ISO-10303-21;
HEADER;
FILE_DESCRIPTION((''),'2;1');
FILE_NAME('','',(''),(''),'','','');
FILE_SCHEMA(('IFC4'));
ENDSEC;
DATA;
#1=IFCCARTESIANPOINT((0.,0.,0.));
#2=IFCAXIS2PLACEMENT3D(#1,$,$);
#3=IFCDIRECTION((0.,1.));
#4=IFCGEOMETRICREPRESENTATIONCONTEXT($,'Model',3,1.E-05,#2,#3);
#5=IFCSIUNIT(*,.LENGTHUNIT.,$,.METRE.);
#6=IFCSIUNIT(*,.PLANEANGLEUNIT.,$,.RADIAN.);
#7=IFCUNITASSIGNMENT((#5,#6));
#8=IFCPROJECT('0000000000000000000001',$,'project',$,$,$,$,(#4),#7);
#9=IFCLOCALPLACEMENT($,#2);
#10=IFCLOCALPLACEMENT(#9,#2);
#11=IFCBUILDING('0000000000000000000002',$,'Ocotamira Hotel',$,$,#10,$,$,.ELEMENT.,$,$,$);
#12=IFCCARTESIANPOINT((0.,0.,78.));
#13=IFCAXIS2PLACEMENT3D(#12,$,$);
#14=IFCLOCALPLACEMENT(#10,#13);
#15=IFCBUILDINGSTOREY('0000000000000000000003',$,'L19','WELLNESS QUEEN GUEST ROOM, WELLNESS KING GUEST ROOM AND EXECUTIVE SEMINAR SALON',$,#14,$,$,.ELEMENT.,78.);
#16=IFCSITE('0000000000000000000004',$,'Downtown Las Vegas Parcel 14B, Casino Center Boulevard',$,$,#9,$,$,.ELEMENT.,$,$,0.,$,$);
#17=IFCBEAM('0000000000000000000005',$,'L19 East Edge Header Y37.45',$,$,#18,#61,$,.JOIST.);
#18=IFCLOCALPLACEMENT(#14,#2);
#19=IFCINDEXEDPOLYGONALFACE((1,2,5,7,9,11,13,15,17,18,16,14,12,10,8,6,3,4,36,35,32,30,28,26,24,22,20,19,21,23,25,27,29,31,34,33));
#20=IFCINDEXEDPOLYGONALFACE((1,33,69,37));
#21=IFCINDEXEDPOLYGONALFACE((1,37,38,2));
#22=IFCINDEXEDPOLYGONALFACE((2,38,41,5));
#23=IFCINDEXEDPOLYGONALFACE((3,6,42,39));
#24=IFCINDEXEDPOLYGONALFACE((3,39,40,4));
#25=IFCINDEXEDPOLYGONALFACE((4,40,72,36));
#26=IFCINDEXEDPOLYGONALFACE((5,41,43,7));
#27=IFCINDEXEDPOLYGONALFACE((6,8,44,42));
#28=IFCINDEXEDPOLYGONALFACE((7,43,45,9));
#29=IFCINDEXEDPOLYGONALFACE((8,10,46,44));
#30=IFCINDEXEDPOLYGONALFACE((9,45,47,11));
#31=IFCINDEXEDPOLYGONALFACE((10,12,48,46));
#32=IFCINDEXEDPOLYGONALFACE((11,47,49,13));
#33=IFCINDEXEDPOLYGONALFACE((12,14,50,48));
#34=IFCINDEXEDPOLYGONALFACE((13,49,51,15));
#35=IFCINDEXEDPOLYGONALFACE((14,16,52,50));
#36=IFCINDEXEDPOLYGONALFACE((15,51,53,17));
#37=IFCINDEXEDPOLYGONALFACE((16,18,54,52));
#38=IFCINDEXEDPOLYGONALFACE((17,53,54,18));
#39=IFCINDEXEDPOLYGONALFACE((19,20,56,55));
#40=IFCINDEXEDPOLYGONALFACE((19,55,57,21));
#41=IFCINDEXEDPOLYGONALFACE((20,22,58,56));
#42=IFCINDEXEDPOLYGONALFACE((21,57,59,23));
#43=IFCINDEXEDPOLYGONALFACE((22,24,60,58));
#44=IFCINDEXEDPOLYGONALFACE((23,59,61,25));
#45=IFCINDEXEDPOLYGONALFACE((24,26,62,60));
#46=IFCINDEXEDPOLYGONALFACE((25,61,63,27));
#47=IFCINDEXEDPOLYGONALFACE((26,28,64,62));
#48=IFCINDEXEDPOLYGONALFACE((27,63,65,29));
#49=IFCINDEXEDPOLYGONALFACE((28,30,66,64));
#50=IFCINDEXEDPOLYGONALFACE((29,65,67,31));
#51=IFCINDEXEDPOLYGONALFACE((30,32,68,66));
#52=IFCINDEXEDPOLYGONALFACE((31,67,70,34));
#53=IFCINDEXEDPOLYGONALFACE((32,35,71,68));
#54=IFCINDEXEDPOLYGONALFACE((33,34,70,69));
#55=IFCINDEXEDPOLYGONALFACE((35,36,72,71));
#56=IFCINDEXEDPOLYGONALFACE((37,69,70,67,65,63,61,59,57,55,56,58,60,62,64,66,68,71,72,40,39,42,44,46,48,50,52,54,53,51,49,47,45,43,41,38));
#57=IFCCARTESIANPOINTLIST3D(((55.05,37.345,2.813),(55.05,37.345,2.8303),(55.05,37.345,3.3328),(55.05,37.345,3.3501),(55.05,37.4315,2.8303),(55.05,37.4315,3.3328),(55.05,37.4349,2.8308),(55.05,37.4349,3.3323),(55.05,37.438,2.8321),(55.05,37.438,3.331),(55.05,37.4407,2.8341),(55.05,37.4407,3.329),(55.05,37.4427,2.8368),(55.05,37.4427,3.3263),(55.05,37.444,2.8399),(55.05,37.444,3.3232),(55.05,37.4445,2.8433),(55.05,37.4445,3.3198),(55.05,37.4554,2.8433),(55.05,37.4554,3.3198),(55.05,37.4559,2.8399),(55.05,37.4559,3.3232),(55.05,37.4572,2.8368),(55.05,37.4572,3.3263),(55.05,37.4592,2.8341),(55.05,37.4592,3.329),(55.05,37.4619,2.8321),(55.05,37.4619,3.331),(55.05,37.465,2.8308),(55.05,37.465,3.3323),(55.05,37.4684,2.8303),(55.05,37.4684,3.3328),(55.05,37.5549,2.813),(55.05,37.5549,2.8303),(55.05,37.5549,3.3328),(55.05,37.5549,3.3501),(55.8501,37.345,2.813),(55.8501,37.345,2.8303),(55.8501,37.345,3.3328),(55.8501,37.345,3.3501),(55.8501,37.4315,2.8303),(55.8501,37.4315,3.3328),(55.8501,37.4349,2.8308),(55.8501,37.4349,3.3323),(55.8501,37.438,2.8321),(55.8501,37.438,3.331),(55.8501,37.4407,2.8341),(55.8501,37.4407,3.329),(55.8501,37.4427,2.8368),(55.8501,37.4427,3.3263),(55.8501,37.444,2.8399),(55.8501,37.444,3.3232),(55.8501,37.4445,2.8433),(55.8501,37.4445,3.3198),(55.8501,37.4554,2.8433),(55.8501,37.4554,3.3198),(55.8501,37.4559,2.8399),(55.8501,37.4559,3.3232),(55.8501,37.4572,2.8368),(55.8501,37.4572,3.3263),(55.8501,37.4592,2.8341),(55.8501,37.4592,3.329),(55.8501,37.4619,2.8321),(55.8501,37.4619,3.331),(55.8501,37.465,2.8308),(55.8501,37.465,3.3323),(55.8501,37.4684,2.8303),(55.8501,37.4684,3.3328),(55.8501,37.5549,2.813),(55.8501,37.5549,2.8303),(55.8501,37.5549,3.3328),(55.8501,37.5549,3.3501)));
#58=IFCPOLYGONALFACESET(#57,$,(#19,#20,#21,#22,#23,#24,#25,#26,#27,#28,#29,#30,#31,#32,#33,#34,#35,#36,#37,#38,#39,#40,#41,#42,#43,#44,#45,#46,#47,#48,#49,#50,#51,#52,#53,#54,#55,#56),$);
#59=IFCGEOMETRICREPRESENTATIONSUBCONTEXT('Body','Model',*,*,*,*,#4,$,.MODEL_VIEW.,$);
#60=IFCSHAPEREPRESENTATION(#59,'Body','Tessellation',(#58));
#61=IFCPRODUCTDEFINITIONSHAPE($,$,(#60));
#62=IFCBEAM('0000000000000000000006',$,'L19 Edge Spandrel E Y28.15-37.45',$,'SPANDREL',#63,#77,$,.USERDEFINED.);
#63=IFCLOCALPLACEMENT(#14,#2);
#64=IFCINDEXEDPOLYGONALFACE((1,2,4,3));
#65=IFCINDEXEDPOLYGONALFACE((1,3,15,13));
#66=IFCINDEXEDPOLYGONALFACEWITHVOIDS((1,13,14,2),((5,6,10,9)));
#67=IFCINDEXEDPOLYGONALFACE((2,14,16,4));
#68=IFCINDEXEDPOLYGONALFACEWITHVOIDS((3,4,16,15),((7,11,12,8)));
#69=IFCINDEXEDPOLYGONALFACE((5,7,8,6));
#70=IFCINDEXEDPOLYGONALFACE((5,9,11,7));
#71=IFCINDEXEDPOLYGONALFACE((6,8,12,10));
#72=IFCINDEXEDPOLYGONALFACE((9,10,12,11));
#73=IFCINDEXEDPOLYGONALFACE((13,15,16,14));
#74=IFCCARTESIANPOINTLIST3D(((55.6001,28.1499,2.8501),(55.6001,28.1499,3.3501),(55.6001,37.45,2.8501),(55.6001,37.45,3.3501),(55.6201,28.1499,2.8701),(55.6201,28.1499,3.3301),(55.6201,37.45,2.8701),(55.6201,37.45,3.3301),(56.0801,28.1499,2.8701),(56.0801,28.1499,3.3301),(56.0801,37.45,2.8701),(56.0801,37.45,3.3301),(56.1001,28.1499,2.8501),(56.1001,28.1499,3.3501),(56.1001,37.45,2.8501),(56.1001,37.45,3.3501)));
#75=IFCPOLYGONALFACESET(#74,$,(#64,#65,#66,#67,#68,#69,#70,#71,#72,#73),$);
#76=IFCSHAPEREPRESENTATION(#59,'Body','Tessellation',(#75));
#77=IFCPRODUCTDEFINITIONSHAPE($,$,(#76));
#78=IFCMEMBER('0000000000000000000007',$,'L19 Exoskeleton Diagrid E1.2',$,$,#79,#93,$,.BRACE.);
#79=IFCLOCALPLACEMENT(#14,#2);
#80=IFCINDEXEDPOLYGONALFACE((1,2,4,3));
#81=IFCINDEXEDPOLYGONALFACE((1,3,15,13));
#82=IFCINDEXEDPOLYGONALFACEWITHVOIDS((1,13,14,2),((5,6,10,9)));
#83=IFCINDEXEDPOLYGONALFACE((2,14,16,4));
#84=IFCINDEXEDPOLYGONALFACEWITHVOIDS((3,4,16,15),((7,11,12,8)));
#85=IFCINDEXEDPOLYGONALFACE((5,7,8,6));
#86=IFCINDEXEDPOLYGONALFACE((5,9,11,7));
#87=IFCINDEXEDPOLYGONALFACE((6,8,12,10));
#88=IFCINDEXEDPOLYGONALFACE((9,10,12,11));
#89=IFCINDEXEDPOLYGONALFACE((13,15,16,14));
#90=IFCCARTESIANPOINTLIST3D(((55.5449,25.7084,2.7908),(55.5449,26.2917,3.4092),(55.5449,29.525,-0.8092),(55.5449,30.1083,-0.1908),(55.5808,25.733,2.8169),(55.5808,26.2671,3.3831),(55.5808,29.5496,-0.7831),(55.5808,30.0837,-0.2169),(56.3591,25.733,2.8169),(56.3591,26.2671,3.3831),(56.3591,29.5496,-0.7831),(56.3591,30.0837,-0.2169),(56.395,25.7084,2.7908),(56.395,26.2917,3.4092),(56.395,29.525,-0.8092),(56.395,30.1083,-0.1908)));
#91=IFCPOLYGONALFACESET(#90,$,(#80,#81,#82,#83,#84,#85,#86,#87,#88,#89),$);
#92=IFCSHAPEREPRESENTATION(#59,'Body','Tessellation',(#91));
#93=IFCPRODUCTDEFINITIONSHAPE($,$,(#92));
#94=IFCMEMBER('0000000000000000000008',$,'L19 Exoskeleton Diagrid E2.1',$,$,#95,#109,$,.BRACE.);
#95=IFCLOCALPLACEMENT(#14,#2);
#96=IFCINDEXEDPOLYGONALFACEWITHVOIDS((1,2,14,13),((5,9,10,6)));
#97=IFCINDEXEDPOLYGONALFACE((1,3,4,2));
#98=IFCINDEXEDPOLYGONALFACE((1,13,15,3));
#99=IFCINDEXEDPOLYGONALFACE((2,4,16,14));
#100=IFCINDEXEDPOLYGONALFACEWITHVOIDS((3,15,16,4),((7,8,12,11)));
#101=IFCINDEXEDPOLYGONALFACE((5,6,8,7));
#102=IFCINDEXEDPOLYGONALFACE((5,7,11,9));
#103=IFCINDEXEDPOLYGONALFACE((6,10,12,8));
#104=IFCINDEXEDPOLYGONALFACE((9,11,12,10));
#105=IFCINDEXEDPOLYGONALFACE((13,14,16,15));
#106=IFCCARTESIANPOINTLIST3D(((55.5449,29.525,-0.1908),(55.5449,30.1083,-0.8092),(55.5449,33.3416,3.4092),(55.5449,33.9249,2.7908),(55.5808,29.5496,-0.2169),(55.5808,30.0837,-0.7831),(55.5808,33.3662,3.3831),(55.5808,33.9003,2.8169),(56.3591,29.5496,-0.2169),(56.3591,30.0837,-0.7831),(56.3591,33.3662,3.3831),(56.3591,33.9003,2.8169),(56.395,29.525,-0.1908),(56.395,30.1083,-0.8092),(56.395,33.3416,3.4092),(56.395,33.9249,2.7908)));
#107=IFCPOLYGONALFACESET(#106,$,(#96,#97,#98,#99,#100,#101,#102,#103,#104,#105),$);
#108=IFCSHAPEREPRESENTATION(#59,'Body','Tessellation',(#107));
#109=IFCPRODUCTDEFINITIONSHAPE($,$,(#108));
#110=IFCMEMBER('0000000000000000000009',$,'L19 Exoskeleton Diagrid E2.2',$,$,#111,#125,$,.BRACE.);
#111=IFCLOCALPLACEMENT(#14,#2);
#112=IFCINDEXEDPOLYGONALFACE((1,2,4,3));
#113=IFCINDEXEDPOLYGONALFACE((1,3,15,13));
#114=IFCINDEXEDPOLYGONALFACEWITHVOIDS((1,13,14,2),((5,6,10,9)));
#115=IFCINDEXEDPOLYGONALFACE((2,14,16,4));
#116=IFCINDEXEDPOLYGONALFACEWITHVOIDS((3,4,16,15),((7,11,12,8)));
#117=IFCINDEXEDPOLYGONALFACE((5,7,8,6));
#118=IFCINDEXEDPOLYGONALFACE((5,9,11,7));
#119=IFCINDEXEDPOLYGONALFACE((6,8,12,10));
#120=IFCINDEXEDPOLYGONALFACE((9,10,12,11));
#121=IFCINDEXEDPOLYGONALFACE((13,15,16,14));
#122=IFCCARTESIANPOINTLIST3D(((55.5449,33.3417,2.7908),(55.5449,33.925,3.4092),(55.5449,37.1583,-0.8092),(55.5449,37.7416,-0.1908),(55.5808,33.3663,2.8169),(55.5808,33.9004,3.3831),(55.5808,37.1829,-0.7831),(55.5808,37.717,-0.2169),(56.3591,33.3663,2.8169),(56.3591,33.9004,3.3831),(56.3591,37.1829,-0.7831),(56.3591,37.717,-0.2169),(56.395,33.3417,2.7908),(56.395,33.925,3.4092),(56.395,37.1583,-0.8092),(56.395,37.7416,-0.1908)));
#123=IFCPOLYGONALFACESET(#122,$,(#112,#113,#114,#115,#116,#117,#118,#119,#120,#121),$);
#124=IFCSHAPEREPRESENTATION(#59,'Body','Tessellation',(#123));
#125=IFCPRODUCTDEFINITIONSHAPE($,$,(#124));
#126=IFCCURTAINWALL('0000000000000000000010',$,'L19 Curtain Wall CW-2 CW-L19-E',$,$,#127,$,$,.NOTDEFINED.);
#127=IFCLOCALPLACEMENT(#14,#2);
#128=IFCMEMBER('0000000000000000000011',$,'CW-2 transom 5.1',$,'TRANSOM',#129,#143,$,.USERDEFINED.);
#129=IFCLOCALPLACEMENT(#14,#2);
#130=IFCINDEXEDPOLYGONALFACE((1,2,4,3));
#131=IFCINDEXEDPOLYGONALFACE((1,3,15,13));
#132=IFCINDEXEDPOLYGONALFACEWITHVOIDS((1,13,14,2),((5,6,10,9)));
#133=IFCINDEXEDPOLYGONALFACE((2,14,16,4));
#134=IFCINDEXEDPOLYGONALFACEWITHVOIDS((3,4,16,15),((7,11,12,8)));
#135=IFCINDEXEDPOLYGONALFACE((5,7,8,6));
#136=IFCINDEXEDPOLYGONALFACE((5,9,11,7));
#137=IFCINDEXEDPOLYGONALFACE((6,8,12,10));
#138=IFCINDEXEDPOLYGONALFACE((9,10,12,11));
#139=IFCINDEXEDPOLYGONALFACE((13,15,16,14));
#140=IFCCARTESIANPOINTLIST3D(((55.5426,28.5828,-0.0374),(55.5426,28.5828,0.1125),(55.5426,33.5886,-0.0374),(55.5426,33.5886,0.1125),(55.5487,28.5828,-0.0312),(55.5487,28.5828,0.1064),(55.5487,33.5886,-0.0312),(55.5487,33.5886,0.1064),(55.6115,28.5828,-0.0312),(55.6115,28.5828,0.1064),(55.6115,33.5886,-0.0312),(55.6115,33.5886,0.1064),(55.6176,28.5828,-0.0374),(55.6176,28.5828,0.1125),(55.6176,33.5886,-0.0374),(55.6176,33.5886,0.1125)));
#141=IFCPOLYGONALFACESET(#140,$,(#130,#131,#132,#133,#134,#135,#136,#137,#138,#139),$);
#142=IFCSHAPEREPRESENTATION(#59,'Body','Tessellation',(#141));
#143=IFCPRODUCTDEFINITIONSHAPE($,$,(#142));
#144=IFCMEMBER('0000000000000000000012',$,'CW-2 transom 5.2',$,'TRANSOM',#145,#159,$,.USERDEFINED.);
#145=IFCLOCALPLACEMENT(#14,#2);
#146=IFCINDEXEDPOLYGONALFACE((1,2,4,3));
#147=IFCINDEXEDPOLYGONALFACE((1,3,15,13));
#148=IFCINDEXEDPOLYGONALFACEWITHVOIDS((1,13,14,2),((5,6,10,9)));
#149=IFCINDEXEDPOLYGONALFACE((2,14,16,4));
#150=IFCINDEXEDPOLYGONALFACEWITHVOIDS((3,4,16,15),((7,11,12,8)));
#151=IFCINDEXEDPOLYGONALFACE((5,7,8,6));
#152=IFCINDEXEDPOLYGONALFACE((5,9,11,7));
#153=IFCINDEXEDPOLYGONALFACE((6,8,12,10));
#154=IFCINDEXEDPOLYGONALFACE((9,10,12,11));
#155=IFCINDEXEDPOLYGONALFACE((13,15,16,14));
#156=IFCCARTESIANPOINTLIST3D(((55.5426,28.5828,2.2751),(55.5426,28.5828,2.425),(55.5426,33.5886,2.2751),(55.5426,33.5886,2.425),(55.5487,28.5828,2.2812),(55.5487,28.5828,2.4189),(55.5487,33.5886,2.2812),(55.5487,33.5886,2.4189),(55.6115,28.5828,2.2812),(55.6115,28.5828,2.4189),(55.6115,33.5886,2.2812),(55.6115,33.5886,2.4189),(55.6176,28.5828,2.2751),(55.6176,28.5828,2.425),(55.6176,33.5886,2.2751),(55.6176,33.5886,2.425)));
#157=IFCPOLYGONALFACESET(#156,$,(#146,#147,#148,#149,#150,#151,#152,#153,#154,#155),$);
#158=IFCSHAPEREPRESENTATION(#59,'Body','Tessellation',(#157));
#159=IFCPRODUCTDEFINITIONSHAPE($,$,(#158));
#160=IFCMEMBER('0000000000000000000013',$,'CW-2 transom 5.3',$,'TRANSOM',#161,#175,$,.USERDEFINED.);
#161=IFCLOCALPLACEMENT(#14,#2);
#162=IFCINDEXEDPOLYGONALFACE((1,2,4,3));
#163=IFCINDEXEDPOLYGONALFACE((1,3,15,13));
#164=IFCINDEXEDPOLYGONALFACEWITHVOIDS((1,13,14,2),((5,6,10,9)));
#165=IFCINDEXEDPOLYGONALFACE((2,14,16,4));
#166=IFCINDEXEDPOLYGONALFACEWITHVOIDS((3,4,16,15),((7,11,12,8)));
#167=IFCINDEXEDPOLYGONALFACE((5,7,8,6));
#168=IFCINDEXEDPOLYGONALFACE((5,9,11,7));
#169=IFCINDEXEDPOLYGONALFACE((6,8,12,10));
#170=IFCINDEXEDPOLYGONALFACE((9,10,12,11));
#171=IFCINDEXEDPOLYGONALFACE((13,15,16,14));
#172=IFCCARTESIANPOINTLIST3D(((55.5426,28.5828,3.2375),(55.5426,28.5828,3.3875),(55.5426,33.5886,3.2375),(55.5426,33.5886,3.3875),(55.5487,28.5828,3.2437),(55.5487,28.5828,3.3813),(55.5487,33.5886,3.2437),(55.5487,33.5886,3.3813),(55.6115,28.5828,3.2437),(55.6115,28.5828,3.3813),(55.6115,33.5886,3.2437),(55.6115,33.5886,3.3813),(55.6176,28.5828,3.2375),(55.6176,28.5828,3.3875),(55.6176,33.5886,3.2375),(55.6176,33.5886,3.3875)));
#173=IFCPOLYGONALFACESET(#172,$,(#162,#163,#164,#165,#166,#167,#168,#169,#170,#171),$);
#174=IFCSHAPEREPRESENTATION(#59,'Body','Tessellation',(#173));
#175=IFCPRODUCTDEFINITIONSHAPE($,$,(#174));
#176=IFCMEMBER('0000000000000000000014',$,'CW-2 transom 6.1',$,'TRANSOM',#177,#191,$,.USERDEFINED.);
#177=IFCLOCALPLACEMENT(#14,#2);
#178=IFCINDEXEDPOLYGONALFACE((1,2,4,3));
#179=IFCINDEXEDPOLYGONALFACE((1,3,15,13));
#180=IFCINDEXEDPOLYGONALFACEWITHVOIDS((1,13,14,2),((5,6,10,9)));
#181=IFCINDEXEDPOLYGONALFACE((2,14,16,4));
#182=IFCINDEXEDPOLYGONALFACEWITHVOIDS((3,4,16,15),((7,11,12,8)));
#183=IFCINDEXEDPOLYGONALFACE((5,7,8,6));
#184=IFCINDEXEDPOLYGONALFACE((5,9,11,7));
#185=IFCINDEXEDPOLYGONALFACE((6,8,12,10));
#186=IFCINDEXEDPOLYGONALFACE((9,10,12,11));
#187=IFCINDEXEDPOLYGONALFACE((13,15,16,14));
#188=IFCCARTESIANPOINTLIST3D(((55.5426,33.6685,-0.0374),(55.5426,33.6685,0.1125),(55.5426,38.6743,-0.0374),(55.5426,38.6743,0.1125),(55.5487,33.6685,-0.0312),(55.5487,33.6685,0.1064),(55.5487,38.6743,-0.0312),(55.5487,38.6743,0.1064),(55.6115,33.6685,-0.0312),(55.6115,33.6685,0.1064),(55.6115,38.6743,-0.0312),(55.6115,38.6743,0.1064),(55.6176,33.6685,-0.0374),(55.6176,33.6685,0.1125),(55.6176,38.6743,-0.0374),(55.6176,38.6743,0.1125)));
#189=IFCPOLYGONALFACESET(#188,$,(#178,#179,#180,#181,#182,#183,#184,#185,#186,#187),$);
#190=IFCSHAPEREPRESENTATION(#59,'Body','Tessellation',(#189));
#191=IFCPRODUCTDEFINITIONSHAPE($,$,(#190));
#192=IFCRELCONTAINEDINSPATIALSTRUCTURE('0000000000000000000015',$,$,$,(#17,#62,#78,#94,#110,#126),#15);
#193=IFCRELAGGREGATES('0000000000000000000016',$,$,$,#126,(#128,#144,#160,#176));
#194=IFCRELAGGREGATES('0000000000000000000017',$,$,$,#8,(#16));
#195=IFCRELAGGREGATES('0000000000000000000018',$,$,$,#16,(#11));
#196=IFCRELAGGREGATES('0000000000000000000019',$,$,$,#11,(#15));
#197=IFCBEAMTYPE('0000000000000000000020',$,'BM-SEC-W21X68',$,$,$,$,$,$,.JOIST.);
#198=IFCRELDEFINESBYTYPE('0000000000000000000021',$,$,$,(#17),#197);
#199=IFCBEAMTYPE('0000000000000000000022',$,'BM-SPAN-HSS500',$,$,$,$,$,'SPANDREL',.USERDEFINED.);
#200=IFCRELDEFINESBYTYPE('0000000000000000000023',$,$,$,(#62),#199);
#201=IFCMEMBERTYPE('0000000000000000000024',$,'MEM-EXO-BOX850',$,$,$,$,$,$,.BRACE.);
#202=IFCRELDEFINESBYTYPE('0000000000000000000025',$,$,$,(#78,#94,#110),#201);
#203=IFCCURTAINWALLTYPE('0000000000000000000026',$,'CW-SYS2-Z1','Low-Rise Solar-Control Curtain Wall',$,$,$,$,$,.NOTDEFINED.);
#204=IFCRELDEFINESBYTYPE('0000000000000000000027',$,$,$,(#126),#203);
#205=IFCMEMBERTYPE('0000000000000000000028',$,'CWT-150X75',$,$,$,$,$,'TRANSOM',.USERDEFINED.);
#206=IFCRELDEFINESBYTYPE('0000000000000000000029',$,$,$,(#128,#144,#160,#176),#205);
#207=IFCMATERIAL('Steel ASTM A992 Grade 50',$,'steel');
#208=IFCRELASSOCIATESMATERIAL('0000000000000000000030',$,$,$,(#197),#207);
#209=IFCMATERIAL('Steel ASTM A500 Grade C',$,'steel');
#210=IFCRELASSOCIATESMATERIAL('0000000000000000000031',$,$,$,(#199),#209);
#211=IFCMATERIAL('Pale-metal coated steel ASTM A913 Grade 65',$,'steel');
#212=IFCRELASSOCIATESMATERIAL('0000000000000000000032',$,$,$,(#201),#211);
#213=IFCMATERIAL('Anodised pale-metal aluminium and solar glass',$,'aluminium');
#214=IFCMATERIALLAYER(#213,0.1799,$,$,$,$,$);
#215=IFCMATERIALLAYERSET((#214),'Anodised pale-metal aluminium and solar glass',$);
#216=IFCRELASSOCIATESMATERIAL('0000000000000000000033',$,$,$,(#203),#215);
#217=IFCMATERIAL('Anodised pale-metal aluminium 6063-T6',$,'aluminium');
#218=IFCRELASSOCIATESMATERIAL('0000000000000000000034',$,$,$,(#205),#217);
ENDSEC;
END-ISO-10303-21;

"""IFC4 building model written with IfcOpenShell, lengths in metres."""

from ifc_helpers import new_model, si_unit, direction, frame, origin, origin_2d, place, context, subcontext, project, spatial, hollow_rectangle, i_section, extrude, source, transform, mapped, material, layer, layer_set, material_profile, profile_set, type_object, element, aggregate, save


model = new_model("IFC4")

# Units and contexts
model_context = context("Model", 3, precision=1e-05, world=origin(), true_north=direction((0.0, 1.0)))
body_context = subcontext(model_context, "Body", "Model", "MODEL_VIEW")
ifc_project = project(units=[si_unit("LENGTHUNIT", "METRE"), si_unit("PLANEANGLEUNIT", "RADIAN")], contexts=[model_context])

# Site, building, storey
site_placement = place(None, origin())
site = spatial("IfcSite", under=ifc_project, at=site_placement, Name="Downtown Las Vegas Parcel 14B, Casino Center Boulevard", CompositionType="ELEMENT", RefElevation=0.0)
building_placement = place(site_placement, origin())
building = spatial("IfcBuilding", under=site, at=building_placement, Name="Ocotamira Hotel", CompositionType="ELEMENT")
storey_placement = place(building_placement, frame((0.0, 0.0, 78.0)))
storey = spatial("IfcBuildingStorey", under=building, at=storey_placement, Name="L19", Description="WELLNESS QUEEN GUEST ROOM, WELLNESS KING GUEST ROOM AND EXECUTIVE SEMINAR SALON", CompositionType="ELEMENT", Elevation=78.0)

# Beams
ifc_material_1 = material(Name="Steel ASTM A500 Grade C", Category="steel")
ifc_material_2 = material(Name="Steel ASTM A992 Grade 50", Category="steel")
ifc_material_profile_1 = material_profile(ifc_material_2, i_section(OverallWidth=0.21, OverallDepth=0.5371, WebThickness=0.011, FlangeThickness=0.0173, FilletRadius=0.0129, at=origin_2d()), Name="W21X68")
ifc_profile_set_1 = profile_set([ifc_material_profile_1], Name="Steel ASTM A992 Grade 50")
beam_type_1 = type_object("IfcBeamType", Name="BM-SEC-W21X68", PredefinedType="JOIST", material=ifc_profile_set_1)
shared_shape_1 = source(origin(), body_context, "Body", "SweptSolid", [
    extrude(i_section(OverallWidth=0.21, OverallDepth=0.5371, WebThickness=0.011, FlangeThickness=0.0173, FilletRadius=0.0129, at=origin_2d()), origin(), (0.0, 0.0, 1.0), 0.8),
])
for number, where, z_axis, x_axis, name in (
    (1, (55.05, 37.45, 3.0815), (1.0, 0.0, 0.0), (0.0, 1.0, 0.0), "L19 East Edge Header Y37.45"),
):
    element("IfcBeam", number, at=place(storey_placement, frame(where, z_axis=z_axis, x_axis=x_axis)), inside=storey, type_object=beam_type_1, Name=name, PredefinedType="JOIST", context=body_context, shape_type="MappedRepresentation", body=[
        mapped(shared_shape_1, transform((0.0, 0.0, 0.0), scale=1.0)),
    ])
ifc_material_profile_2 = material_profile(ifc_material_1, hollow_rectangle(XDim=0.5, YDim=0.5, WallThickness=0.02, at=origin_2d()), Name="HSS500X500X20")
ifc_profile_set_2 = profile_set([ifc_material_profile_2], Name="Steel ASTM A500 Grade C")
beam_type_2 = type_object("IfcBeamType", Name="BM-SPAN-HSS500", ElementType="SPANDREL", PredefinedType="USERDEFINED", material=ifc_profile_set_2)
shared_shape_2 = source(origin(), body_context, "Body", "SweptSolid", [
    extrude(hollow_rectangle(XDim=0.5, YDim=0.5, WallThickness=0.02, at=origin_2d()), origin(), (0.0, 0.0, 1.0), 9.3),
])
beam_1_placement = place(storey_placement, frame((55.8501, 28.1499, 3.1001), z_axis=(0.0, 1.0, 0.0), x_axis=(-1.0, 0.0, 0.0)))
element("IfcBeam", 2, at=beam_1_placement, inside=storey, type_object=beam_type_2, Name="L19 Edge Spandrel E Y28.15-37.45", ObjectType="SPANDREL", PredefinedType="USERDEFINED", context=body_context, shape_type="MappedRepresentation", body=[
    mapped(shared_shape_2, transform((0.0, 0.0, 0.0), scale=1.0)),
])

# Members
ifc_material_3 = material(Name="Pale-metal coated steel ASTM A913 Grade 65", Category="steel")
ifc_material_profile_3 = material_profile(ifc_material_3, hollow_rectangle(XDim=0.8501, YDim=0.8501, WallThickness=0.0359, at=origin_2d()), Name="BOX850X850X36")
ifc_profile_set_3 = profile_set([ifc_material_profile_3], Name="Pale-metal coated steel ASTM A913 Grade 65")
member_type_1 = type_object("IfcMemberType", Name="MEM-EXO-BOX850", PredefinedType="BRACE", material=ifc_profile_set_3)
shared_shape_3 = source(origin(), body_context, "Body", "SweptSolid", [
    extrude(hollow_rectangle(XDim=0.8501, YDim=0.8501, WallThickness=0.0359, at=origin_2d()), origin(), (0.0, 0.0, 1.0), 5.2466),
])
for number, where, z_axis, x_axis, name in (
    (3, (55.97, 29.8167, -0.5), (0.0, -0.727443, 0.686168), (1.0, 0.0, 0.0), "L19 Exoskeleton Diagrid E1.2"),
    (4, (55.97, 29.8167, -0.5), (0.0, 0.727443, 0.686168), (-1.0, 0.0, 0.0), "L19 Exoskeleton Diagrid E2.1"),
    (5, (55.97, 37.45, -0.5), (0.0, -0.727443, 0.686168), (1.0, 0.0, 0.0), "L19 Exoskeleton Diagrid E2.2"),
):
    element("IfcMember", number, at=place(storey_placement, frame(where, z_axis=z_axis, x_axis=x_axis)), inside=storey, type_object=member_type_1, Name=name, PredefinedType="BRACE", context=body_context, shape_type="MappedRepresentation", body=[
        mapped(shared_shape_3, transform((0.0, 0.0, 0.0), scale=1.0)),
    ])

# Curtain wall, members
ifc_material_4 = material(Name="Anodised pale-metal aluminium and solar glass", Category="aluminium")
ifc_layer_1 = layer(ifc_material_4, 0.1799)
ifc_layer_set_1 = layer_set([ifc_layer_1], Name="Anodised pale-metal aluminium and solar glass")
curtain_wall_type = type_object("IfcCurtainWallType", Name="CW-SYS2-Z1", Description="Low-Rise Solar-Control Curtain Wall", PredefinedType="NOTDEFINED", material=ifc_layer_set_1)
curtain_wall_placement = place(storey_placement, origin())
curtain_wall = element("IfcCurtainWall", 6, at=curtain_wall_placement, inside=storey, type_object=curtain_wall_type, Name="L19 Curtain Wall CW-2 CW-L19-E", PredefinedType="NOTDEFINED")
ifc_material_5 = material(Name="Anodised pale-metal aluminium 6063-T6", Category="aluminium")
ifc_material_profile_4 = material_profile(ifc_material_5, hollow_rectangle(XDim=0.075, YDim=0.1499, WallThickness=0.0061, at=origin_2d()), Name="HSS150X75X6")
ifc_profile_set_4 = profile_set([ifc_material_profile_4], Name="Anodised pale-metal aluminium 6063-T6")
member_type_2 = type_object("IfcMemberType", Name="CWT-150X75", ElementType="TRANSOM", PredefinedType="USERDEFINED", material=ifc_profile_set_4)
shared_shape_4 = source(origin(), body_context, "Body", "SweptSolid", [
    extrude(hollow_rectangle(XDim=0.075, YDim=0.1499, WallThickness=0.0061, at=origin_2d()), origin(), (0.0, 0.0, 1.0), 5.0059),
])
member_1_placement = place(storey_placement, frame((55.5801, 28.5828, 0.0376), z_axis=(0.0, 1.0, 0.0), x_axis=(-1.0, 0.0, 0.0)))
member_1 = element("IfcMember", 7, at=member_1_placement, type_object=member_type_2, Name="CW-2 transom 5.1", ObjectType="TRANSOM", PredefinedType="USERDEFINED", context=body_context, shape_type="MappedRepresentation", body=[
    mapped(shared_shape_4, transform((0.0, 0.0, 0.0), scale=1.0)),
])
member_2_placement = place(storey_placement, frame((55.5801, 28.5828, 2.3501), z_axis=(0.0, 1.0, 0.0), x_axis=(-1.0, 0.0, 0.0)))
member_2 = element("IfcMember", 8, at=member_2_placement, type_object=member_type_2, Name="CW-2 transom 5.2", ObjectType="TRANSOM", PredefinedType="USERDEFINED", context=body_context, shape_type="MappedRepresentation", body=[
    mapped(shared_shape_4, transform((0.0, 0.0, 0.0), scale=1.0)),
])
member_3_placement = place(storey_placement, frame((55.5801, 28.5828, 3.3125), z_axis=(0.0, 1.0, 0.0), x_axis=(-1.0, 0.0, 0.0)))
member_3 = element("IfcMember", 9, at=member_3_placement, type_object=member_type_2, Name="CW-2 transom 5.3", ObjectType="TRANSOM", PredefinedType="USERDEFINED", context=body_context, shape_type="MappedRepresentation", body=[
    mapped(shared_shape_4, transform((0.0, 0.0, 0.0), scale=1.0)),
])
member_4_placement = place(storey_placement, frame((55.5801, 33.6685, 0.0376), z_axis=(0.0, 1.0, 0.0), x_axis=(-1.0, 0.0, 0.0)))
member_4 = element("IfcMember", 10, at=member_4_placement, type_object=member_type_2, Name="CW-2 transom 6.1", ObjectType="TRANSOM", PredefinedType="USERDEFINED", context=body_context, shape_type="MappedRepresentation", body=[
    mapped(shared_shape_4, transform((0.0, 0.0, 0.0), scale=1.0)),
])

aggregate(curtain_wall, [member_1, member_2, member_3, member_4])

save(model, "model.ifc")
